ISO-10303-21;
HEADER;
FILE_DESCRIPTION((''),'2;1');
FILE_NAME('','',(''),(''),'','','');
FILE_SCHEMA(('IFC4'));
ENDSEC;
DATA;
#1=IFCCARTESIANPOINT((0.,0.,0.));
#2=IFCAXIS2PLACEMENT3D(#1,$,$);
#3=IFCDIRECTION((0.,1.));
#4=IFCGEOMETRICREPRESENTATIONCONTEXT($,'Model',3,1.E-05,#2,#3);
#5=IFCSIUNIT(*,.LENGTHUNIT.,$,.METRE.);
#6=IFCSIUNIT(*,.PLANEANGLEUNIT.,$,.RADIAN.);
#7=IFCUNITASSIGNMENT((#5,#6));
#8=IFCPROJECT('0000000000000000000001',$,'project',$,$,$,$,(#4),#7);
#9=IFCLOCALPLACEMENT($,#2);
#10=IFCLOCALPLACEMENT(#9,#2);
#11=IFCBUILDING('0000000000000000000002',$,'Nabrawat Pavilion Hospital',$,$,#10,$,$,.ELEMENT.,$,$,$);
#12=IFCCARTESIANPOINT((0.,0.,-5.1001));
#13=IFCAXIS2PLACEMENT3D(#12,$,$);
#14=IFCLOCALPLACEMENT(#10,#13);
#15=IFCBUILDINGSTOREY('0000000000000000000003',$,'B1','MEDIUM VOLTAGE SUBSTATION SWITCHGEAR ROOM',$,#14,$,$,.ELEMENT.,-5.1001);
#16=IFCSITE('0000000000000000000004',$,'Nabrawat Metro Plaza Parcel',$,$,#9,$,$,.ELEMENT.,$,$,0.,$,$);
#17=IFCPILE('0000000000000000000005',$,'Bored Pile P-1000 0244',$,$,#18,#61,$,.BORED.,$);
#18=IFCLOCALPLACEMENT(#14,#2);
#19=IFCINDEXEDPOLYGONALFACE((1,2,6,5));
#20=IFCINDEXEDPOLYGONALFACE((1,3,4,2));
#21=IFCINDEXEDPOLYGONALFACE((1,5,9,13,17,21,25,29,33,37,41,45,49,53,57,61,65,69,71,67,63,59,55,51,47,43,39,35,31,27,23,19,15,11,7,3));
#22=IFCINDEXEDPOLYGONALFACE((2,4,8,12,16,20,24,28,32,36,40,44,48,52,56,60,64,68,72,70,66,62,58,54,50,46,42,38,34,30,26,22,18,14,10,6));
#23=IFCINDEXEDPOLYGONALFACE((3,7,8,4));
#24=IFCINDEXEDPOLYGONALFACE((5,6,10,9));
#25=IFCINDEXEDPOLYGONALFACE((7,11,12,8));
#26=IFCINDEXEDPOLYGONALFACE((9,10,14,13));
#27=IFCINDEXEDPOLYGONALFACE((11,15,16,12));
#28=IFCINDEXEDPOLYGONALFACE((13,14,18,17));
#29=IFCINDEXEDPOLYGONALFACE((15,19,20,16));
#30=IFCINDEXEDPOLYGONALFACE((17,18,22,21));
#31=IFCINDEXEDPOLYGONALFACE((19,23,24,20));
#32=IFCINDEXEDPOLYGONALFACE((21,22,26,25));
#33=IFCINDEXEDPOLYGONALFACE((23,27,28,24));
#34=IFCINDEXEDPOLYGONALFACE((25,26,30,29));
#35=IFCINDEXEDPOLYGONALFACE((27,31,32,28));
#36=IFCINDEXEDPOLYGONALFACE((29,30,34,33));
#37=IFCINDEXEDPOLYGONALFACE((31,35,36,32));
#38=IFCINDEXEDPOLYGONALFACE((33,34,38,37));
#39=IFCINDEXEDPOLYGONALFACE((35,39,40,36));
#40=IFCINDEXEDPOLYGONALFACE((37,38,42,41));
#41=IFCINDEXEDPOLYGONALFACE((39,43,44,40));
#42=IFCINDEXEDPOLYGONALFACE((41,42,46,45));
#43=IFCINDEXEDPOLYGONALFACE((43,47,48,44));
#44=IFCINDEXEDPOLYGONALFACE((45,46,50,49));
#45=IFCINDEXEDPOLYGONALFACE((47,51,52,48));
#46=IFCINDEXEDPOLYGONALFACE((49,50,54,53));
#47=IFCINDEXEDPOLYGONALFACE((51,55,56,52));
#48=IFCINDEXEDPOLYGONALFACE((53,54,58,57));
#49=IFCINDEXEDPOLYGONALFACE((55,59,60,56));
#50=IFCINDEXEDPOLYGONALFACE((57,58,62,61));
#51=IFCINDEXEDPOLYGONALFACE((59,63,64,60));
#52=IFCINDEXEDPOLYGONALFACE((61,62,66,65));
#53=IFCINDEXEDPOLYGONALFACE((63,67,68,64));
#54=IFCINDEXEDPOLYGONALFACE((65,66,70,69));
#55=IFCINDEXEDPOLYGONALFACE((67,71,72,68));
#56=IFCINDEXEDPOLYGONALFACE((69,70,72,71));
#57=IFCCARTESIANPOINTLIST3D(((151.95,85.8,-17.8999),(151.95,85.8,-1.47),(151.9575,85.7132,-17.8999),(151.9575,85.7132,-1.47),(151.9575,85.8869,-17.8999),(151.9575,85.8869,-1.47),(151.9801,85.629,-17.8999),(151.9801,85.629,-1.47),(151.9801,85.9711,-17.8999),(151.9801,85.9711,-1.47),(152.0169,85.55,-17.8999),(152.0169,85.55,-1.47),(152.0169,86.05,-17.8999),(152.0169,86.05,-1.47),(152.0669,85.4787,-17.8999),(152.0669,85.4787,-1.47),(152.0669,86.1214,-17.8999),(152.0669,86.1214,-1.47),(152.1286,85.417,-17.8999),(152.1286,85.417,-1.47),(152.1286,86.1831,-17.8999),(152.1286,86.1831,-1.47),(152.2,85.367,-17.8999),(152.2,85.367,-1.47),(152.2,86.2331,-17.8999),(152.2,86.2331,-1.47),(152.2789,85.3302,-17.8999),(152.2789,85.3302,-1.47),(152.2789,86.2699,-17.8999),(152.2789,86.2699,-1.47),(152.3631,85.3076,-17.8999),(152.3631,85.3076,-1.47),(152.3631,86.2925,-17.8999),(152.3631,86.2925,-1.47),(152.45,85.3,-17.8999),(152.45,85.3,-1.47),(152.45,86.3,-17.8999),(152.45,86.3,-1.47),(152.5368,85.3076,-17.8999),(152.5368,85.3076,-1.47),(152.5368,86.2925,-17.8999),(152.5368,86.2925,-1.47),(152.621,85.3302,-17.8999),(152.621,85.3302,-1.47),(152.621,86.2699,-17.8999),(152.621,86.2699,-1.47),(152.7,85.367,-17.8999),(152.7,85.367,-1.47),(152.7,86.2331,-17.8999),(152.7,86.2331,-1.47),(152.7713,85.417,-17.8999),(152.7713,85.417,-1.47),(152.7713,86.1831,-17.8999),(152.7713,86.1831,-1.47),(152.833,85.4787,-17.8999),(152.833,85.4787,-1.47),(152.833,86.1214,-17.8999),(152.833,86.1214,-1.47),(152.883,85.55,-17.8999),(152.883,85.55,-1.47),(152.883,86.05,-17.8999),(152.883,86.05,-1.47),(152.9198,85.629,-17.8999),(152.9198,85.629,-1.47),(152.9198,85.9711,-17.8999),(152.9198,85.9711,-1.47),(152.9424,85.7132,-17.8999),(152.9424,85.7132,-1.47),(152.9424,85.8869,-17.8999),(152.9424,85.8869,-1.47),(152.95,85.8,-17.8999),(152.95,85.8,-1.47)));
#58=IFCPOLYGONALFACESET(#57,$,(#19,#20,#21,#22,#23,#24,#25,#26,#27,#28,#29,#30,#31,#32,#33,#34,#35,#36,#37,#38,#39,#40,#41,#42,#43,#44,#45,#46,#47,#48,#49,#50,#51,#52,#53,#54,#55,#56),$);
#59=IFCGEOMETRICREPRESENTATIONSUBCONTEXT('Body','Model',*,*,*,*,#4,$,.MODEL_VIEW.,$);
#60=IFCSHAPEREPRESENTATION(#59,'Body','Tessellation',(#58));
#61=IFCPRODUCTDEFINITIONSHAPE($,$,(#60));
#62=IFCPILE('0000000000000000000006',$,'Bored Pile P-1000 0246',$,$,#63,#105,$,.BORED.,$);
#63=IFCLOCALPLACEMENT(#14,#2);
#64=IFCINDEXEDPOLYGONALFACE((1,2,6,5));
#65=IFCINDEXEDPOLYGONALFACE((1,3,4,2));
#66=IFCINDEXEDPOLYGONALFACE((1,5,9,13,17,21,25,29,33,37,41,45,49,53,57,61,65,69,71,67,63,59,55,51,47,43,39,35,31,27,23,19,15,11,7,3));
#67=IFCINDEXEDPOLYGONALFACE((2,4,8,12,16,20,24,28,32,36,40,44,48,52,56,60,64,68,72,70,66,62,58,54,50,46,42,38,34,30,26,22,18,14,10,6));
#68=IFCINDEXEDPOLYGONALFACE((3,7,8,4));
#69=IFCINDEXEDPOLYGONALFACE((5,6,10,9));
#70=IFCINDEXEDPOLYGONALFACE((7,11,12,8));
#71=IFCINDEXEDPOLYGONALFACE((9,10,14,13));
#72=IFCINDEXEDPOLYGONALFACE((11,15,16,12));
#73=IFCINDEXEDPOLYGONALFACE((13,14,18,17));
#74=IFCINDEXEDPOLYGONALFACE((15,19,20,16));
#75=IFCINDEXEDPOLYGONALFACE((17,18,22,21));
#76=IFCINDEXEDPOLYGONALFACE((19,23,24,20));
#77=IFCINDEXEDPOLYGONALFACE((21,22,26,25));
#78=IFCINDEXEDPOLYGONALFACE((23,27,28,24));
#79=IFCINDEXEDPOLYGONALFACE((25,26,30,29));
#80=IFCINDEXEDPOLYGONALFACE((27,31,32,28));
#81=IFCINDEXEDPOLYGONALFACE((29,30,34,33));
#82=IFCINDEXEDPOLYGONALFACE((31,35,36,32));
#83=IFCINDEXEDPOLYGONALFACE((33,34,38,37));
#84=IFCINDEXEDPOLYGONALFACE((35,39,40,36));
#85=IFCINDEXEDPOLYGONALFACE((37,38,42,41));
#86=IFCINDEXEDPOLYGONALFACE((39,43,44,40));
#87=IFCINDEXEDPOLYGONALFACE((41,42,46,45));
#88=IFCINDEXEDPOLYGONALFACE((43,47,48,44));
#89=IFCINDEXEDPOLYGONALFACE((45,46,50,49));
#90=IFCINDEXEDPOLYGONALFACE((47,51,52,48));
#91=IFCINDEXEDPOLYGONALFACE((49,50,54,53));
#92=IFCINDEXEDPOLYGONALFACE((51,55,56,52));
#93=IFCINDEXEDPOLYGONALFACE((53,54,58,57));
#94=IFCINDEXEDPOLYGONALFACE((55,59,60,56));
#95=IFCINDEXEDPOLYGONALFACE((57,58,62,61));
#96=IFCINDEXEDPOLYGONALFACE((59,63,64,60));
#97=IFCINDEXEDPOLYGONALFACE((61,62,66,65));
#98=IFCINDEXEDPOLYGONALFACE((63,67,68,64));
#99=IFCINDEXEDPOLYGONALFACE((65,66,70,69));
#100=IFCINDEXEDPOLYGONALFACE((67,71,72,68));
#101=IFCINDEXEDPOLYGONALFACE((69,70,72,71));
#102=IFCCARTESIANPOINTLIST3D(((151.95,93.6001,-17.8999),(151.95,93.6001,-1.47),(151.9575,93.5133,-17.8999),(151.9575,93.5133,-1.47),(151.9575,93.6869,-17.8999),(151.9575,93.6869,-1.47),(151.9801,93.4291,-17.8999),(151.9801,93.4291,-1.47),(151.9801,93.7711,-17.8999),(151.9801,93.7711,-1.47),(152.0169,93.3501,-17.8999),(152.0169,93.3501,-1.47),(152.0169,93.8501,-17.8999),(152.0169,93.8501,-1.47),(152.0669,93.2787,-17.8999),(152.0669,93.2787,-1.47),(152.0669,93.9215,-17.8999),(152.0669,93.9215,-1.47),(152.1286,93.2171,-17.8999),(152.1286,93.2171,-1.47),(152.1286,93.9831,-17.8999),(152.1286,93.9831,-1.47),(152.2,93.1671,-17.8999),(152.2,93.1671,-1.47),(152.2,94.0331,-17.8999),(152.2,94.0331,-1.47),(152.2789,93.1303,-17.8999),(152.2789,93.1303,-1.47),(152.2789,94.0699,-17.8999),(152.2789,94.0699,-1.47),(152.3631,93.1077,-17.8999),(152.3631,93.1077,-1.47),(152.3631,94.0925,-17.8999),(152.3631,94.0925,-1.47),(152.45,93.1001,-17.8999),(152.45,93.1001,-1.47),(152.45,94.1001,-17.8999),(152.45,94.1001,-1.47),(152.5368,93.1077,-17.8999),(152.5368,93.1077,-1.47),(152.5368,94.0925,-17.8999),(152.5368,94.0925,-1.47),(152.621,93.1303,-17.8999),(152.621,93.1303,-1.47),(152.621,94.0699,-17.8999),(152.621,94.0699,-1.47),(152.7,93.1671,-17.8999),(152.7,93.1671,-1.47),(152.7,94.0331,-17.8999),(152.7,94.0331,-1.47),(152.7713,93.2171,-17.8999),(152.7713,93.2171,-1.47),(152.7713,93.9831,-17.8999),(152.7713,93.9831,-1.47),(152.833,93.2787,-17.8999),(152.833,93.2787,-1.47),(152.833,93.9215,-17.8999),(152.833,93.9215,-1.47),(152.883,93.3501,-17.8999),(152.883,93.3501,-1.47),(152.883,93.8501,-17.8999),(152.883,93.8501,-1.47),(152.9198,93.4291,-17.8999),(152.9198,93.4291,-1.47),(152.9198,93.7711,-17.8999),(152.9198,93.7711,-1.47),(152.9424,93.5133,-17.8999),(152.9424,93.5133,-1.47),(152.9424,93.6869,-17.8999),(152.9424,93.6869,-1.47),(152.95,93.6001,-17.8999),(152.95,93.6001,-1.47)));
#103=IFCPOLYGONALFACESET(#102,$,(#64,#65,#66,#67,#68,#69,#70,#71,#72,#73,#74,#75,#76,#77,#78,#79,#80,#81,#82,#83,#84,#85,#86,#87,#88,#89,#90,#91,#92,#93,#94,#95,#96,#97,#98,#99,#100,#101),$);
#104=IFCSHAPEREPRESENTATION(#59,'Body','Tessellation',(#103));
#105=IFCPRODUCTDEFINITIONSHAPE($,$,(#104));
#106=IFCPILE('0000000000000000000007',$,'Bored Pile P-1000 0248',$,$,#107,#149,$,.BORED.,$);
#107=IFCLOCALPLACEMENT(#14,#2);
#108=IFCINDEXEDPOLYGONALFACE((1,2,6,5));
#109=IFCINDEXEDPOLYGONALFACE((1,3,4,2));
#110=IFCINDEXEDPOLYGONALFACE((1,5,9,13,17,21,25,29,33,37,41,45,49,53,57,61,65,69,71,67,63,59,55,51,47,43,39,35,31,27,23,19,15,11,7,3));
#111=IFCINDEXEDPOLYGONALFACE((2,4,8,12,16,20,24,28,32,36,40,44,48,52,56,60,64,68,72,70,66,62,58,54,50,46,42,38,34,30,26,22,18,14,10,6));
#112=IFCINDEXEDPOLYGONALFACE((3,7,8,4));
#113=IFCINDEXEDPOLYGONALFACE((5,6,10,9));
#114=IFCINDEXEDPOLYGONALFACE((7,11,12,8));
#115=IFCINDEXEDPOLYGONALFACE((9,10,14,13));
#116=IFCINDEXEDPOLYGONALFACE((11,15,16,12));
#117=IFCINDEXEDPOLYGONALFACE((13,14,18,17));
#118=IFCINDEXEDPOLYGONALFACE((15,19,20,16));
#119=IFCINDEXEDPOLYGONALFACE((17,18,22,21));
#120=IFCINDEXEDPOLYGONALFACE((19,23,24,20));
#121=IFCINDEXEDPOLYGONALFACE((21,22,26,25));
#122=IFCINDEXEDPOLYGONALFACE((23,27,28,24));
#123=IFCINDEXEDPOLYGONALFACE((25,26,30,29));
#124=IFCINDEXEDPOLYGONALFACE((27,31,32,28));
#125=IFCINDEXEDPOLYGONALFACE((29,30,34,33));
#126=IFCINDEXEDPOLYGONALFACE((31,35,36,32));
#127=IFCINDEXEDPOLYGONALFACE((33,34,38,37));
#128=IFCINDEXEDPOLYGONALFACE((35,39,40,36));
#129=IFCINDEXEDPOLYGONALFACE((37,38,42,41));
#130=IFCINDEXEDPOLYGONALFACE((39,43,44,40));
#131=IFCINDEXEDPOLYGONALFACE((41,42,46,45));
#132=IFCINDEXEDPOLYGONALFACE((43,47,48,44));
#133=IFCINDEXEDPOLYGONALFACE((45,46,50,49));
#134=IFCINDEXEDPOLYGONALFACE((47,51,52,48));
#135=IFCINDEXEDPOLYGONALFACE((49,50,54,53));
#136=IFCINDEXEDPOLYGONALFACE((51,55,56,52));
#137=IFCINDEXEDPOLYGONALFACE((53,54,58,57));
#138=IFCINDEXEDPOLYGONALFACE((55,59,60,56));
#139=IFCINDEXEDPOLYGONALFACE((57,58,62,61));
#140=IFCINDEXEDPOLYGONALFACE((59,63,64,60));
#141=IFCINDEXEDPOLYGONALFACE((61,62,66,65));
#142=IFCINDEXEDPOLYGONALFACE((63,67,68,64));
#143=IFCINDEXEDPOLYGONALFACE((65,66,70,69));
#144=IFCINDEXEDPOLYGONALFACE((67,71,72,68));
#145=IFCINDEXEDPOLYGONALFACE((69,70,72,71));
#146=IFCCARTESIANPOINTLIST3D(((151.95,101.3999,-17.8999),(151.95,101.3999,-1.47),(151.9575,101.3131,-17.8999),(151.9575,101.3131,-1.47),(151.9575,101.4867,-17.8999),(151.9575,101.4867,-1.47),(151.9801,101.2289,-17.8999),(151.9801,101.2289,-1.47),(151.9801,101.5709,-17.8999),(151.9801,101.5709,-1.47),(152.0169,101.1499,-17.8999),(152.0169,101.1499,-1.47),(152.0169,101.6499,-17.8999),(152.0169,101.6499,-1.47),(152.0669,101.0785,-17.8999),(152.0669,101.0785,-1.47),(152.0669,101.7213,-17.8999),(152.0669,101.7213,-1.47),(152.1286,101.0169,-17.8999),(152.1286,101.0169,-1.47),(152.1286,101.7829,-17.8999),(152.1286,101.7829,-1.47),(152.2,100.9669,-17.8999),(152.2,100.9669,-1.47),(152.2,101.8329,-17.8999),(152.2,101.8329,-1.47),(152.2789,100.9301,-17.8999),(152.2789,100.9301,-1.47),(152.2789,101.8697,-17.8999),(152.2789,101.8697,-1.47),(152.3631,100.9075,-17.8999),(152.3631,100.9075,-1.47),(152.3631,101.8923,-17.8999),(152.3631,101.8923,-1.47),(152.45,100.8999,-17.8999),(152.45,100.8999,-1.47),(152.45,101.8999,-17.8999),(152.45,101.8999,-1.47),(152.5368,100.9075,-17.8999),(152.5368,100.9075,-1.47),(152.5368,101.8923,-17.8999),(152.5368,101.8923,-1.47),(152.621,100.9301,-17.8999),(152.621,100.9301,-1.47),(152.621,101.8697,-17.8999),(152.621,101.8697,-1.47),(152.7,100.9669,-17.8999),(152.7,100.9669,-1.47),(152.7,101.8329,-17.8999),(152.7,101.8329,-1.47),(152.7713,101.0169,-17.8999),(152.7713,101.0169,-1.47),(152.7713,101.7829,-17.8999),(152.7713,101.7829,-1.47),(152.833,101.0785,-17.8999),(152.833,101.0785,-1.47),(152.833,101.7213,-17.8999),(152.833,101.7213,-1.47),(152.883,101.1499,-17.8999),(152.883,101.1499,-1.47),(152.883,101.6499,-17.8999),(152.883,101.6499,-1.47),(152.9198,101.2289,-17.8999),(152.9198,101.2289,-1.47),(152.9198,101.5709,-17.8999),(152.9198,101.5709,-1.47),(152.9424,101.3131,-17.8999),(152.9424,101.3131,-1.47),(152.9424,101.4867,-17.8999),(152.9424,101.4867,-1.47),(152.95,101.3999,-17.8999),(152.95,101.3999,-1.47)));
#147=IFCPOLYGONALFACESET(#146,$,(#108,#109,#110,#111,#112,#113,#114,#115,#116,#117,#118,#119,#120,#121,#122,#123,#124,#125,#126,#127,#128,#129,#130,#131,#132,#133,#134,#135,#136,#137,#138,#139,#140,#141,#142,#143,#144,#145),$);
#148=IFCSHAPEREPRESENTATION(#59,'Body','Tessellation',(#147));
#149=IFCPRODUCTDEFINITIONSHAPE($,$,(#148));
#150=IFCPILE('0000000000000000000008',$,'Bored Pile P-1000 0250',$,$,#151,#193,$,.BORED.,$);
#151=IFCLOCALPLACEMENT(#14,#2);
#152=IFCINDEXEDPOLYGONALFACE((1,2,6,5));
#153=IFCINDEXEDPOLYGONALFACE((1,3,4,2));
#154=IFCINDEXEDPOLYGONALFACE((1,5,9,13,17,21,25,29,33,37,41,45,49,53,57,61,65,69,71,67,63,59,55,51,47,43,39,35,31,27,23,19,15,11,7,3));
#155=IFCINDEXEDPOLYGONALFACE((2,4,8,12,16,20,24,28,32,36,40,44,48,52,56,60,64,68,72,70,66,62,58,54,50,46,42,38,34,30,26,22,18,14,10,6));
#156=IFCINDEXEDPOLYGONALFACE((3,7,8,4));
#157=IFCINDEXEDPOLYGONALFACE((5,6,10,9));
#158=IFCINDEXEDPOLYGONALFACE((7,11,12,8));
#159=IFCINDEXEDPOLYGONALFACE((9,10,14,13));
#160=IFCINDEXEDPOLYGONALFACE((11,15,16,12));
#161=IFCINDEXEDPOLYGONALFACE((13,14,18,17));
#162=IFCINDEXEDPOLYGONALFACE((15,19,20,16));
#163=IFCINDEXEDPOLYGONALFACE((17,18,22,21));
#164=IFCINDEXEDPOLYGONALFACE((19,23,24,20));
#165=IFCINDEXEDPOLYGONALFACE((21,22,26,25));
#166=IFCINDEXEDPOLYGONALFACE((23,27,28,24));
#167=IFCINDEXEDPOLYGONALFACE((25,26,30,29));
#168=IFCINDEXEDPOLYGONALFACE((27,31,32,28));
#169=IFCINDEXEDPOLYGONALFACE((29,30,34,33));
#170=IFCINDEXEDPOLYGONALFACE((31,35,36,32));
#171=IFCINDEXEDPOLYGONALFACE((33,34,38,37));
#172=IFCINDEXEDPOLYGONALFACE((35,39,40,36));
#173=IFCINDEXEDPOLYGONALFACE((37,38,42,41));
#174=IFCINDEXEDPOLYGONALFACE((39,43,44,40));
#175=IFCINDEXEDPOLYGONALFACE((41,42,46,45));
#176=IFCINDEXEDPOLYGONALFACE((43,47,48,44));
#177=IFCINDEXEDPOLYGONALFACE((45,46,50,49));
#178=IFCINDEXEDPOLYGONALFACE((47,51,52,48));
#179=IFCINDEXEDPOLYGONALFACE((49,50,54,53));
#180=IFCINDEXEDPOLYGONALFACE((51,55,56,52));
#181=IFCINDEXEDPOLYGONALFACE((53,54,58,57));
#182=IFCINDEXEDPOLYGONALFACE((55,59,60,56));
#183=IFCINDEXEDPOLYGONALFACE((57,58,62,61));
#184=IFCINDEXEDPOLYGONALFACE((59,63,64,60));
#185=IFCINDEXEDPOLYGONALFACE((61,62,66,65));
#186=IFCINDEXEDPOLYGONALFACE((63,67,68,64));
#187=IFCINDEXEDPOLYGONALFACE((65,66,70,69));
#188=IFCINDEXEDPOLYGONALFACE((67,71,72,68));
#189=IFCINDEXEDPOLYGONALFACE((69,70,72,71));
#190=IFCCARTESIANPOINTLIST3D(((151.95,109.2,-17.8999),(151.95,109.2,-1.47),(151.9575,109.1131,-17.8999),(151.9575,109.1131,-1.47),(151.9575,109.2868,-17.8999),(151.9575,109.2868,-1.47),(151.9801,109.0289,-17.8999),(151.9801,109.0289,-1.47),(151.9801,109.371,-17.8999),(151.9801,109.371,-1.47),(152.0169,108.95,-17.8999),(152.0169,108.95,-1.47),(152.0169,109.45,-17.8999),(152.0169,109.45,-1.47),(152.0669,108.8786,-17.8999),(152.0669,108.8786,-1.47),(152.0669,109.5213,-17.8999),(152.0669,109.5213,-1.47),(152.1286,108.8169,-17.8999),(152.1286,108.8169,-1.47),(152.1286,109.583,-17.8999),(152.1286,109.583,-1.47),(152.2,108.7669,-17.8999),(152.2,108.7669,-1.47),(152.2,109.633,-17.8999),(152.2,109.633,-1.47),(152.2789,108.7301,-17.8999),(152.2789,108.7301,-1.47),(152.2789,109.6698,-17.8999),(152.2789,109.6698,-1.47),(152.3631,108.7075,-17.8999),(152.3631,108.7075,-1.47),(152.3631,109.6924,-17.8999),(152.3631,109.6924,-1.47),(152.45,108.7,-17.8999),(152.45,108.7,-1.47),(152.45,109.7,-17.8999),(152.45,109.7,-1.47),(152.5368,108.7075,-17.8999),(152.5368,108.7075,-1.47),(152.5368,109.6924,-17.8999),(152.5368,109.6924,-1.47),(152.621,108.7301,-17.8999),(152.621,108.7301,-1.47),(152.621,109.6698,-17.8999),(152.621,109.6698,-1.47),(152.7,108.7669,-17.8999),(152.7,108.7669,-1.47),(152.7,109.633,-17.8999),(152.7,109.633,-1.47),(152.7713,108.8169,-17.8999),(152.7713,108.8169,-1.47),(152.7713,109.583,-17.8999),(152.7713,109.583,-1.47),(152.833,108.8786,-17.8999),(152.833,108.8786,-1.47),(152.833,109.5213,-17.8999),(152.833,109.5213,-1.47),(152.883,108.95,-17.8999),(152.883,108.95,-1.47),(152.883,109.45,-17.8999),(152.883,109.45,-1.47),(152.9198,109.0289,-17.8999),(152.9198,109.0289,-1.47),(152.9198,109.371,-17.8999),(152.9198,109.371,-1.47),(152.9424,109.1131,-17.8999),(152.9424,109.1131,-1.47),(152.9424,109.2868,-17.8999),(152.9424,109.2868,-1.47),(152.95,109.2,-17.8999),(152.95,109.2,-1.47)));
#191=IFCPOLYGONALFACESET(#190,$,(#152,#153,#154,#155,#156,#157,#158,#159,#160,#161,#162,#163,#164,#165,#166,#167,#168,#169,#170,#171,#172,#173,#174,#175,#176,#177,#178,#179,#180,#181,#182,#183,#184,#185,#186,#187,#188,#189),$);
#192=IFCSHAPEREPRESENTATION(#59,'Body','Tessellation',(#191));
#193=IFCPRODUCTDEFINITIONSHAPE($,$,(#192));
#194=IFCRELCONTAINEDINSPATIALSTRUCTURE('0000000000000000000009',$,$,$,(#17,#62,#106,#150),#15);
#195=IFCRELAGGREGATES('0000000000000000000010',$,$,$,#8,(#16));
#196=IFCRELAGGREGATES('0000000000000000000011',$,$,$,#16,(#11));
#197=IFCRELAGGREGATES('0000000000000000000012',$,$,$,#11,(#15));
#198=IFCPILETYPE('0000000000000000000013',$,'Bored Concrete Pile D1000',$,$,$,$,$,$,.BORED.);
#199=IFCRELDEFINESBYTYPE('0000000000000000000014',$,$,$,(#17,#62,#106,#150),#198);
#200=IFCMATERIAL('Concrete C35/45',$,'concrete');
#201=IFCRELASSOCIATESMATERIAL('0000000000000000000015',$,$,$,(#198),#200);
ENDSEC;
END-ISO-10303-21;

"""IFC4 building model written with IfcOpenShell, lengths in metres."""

from ifc_helpers import new_model, si_unit, direction, frame, origin, origin_2d, place, context, subcontext, project, spatial, circle, extrude, material, material_profile, profile_set, type_object, element, save


model = new_model("IFC4")

# Units and contexts
model_context = context("Model", 3, precision=1e-05, world=origin(), true_north=direction((0.0, 1.0)))
body_context = subcontext(model_context, "Body", "Model", "MODEL_VIEW")
ifc_project = project(units=[si_unit("LENGTHUNIT", "METRE"), si_unit("PLANEANGLEUNIT", "RADIAN")], contexts=[model_context])

# Site, building, storey
site_placement = place(None, origin())
site = spatial("IfcSite", under=ifc_project, at=site_placement, Name="Nabrawat Metro Plaza Parcel", CompositionType="ELEMENT", RefElevation=0.0)
building_placement = place(site_placement, origin())
building = spatial("IfcBuilding", under=site, at=building_placement, Name="Nabrawat Pavilion Hospital", CompositionType="ELEMENT")
storey_placement = place(building_placement, frame((0.0, 0.0, -5.1001)))
storey = spatial("IfcBuildingStorey", under=building, at=storey_placement, Name="B1", Description="MEDIUM VOLTAGE SUBSTATION SWITCHGEAR ROOM", CompositionType="ELEMENT", Elevation=-5.1001)

# Piles
ifc_material_1 = material(Name="Concrete C35/45", Category="concrete")
ifc_material_profile_1 = material_profile(ifc_material_1, circle(Radius=0.5, at=origin_2d()), Name="DIA 1000")
ifc_profile_set_1 = profile_set([ifc_material_profile_1], Name="Concrete C35/45")
pile_type = type_object("IfcPileType", Name="Bored Concrete Pile D1000", PredefinedType="BORED", material=ifc_profile_set_1)
for number, where, z_axis, x_axis, name in (
    (1, (152.45, 85.8, -1.47), (0.0, 0.0, -1.0), (1.0, 0.0, 0.0), "Bored Pile P-1000 0244"),
    (2, (152.45, 93.6001, -1.47), (0.0, 0.0, -1.0), (1.0, 0.0, 0.0), "Bored Pile P-1000 0246"),
    (3, (152.45, 101.3999, -1.47), (0.0, 0.0, -1.0), (1.0, 0.0, 0.0), "Bored Pile P-1000 0248"),
    (4, (152.45, 109.2, -1.47), (0.0, 0.0, -1.0), (1.0, 0.0, 0.0), "Bored Pile P-1000 0250"),
):
    element("IfcPile", number, at=place(storey_placement, frame(where, z_axis=z_axis, x_axis=x_axis)), inside=storey, type_object=pile_type, Name=name, PredefinedType="BORED", context=body_context, shape_type="SweptSolid", body=[
        extrude(circle(Radius=0.5, at=origin_2d()), origin(), (0.0, 0.0, 1.0), 16.4299),
    ])

save(model, "model.ifc")
